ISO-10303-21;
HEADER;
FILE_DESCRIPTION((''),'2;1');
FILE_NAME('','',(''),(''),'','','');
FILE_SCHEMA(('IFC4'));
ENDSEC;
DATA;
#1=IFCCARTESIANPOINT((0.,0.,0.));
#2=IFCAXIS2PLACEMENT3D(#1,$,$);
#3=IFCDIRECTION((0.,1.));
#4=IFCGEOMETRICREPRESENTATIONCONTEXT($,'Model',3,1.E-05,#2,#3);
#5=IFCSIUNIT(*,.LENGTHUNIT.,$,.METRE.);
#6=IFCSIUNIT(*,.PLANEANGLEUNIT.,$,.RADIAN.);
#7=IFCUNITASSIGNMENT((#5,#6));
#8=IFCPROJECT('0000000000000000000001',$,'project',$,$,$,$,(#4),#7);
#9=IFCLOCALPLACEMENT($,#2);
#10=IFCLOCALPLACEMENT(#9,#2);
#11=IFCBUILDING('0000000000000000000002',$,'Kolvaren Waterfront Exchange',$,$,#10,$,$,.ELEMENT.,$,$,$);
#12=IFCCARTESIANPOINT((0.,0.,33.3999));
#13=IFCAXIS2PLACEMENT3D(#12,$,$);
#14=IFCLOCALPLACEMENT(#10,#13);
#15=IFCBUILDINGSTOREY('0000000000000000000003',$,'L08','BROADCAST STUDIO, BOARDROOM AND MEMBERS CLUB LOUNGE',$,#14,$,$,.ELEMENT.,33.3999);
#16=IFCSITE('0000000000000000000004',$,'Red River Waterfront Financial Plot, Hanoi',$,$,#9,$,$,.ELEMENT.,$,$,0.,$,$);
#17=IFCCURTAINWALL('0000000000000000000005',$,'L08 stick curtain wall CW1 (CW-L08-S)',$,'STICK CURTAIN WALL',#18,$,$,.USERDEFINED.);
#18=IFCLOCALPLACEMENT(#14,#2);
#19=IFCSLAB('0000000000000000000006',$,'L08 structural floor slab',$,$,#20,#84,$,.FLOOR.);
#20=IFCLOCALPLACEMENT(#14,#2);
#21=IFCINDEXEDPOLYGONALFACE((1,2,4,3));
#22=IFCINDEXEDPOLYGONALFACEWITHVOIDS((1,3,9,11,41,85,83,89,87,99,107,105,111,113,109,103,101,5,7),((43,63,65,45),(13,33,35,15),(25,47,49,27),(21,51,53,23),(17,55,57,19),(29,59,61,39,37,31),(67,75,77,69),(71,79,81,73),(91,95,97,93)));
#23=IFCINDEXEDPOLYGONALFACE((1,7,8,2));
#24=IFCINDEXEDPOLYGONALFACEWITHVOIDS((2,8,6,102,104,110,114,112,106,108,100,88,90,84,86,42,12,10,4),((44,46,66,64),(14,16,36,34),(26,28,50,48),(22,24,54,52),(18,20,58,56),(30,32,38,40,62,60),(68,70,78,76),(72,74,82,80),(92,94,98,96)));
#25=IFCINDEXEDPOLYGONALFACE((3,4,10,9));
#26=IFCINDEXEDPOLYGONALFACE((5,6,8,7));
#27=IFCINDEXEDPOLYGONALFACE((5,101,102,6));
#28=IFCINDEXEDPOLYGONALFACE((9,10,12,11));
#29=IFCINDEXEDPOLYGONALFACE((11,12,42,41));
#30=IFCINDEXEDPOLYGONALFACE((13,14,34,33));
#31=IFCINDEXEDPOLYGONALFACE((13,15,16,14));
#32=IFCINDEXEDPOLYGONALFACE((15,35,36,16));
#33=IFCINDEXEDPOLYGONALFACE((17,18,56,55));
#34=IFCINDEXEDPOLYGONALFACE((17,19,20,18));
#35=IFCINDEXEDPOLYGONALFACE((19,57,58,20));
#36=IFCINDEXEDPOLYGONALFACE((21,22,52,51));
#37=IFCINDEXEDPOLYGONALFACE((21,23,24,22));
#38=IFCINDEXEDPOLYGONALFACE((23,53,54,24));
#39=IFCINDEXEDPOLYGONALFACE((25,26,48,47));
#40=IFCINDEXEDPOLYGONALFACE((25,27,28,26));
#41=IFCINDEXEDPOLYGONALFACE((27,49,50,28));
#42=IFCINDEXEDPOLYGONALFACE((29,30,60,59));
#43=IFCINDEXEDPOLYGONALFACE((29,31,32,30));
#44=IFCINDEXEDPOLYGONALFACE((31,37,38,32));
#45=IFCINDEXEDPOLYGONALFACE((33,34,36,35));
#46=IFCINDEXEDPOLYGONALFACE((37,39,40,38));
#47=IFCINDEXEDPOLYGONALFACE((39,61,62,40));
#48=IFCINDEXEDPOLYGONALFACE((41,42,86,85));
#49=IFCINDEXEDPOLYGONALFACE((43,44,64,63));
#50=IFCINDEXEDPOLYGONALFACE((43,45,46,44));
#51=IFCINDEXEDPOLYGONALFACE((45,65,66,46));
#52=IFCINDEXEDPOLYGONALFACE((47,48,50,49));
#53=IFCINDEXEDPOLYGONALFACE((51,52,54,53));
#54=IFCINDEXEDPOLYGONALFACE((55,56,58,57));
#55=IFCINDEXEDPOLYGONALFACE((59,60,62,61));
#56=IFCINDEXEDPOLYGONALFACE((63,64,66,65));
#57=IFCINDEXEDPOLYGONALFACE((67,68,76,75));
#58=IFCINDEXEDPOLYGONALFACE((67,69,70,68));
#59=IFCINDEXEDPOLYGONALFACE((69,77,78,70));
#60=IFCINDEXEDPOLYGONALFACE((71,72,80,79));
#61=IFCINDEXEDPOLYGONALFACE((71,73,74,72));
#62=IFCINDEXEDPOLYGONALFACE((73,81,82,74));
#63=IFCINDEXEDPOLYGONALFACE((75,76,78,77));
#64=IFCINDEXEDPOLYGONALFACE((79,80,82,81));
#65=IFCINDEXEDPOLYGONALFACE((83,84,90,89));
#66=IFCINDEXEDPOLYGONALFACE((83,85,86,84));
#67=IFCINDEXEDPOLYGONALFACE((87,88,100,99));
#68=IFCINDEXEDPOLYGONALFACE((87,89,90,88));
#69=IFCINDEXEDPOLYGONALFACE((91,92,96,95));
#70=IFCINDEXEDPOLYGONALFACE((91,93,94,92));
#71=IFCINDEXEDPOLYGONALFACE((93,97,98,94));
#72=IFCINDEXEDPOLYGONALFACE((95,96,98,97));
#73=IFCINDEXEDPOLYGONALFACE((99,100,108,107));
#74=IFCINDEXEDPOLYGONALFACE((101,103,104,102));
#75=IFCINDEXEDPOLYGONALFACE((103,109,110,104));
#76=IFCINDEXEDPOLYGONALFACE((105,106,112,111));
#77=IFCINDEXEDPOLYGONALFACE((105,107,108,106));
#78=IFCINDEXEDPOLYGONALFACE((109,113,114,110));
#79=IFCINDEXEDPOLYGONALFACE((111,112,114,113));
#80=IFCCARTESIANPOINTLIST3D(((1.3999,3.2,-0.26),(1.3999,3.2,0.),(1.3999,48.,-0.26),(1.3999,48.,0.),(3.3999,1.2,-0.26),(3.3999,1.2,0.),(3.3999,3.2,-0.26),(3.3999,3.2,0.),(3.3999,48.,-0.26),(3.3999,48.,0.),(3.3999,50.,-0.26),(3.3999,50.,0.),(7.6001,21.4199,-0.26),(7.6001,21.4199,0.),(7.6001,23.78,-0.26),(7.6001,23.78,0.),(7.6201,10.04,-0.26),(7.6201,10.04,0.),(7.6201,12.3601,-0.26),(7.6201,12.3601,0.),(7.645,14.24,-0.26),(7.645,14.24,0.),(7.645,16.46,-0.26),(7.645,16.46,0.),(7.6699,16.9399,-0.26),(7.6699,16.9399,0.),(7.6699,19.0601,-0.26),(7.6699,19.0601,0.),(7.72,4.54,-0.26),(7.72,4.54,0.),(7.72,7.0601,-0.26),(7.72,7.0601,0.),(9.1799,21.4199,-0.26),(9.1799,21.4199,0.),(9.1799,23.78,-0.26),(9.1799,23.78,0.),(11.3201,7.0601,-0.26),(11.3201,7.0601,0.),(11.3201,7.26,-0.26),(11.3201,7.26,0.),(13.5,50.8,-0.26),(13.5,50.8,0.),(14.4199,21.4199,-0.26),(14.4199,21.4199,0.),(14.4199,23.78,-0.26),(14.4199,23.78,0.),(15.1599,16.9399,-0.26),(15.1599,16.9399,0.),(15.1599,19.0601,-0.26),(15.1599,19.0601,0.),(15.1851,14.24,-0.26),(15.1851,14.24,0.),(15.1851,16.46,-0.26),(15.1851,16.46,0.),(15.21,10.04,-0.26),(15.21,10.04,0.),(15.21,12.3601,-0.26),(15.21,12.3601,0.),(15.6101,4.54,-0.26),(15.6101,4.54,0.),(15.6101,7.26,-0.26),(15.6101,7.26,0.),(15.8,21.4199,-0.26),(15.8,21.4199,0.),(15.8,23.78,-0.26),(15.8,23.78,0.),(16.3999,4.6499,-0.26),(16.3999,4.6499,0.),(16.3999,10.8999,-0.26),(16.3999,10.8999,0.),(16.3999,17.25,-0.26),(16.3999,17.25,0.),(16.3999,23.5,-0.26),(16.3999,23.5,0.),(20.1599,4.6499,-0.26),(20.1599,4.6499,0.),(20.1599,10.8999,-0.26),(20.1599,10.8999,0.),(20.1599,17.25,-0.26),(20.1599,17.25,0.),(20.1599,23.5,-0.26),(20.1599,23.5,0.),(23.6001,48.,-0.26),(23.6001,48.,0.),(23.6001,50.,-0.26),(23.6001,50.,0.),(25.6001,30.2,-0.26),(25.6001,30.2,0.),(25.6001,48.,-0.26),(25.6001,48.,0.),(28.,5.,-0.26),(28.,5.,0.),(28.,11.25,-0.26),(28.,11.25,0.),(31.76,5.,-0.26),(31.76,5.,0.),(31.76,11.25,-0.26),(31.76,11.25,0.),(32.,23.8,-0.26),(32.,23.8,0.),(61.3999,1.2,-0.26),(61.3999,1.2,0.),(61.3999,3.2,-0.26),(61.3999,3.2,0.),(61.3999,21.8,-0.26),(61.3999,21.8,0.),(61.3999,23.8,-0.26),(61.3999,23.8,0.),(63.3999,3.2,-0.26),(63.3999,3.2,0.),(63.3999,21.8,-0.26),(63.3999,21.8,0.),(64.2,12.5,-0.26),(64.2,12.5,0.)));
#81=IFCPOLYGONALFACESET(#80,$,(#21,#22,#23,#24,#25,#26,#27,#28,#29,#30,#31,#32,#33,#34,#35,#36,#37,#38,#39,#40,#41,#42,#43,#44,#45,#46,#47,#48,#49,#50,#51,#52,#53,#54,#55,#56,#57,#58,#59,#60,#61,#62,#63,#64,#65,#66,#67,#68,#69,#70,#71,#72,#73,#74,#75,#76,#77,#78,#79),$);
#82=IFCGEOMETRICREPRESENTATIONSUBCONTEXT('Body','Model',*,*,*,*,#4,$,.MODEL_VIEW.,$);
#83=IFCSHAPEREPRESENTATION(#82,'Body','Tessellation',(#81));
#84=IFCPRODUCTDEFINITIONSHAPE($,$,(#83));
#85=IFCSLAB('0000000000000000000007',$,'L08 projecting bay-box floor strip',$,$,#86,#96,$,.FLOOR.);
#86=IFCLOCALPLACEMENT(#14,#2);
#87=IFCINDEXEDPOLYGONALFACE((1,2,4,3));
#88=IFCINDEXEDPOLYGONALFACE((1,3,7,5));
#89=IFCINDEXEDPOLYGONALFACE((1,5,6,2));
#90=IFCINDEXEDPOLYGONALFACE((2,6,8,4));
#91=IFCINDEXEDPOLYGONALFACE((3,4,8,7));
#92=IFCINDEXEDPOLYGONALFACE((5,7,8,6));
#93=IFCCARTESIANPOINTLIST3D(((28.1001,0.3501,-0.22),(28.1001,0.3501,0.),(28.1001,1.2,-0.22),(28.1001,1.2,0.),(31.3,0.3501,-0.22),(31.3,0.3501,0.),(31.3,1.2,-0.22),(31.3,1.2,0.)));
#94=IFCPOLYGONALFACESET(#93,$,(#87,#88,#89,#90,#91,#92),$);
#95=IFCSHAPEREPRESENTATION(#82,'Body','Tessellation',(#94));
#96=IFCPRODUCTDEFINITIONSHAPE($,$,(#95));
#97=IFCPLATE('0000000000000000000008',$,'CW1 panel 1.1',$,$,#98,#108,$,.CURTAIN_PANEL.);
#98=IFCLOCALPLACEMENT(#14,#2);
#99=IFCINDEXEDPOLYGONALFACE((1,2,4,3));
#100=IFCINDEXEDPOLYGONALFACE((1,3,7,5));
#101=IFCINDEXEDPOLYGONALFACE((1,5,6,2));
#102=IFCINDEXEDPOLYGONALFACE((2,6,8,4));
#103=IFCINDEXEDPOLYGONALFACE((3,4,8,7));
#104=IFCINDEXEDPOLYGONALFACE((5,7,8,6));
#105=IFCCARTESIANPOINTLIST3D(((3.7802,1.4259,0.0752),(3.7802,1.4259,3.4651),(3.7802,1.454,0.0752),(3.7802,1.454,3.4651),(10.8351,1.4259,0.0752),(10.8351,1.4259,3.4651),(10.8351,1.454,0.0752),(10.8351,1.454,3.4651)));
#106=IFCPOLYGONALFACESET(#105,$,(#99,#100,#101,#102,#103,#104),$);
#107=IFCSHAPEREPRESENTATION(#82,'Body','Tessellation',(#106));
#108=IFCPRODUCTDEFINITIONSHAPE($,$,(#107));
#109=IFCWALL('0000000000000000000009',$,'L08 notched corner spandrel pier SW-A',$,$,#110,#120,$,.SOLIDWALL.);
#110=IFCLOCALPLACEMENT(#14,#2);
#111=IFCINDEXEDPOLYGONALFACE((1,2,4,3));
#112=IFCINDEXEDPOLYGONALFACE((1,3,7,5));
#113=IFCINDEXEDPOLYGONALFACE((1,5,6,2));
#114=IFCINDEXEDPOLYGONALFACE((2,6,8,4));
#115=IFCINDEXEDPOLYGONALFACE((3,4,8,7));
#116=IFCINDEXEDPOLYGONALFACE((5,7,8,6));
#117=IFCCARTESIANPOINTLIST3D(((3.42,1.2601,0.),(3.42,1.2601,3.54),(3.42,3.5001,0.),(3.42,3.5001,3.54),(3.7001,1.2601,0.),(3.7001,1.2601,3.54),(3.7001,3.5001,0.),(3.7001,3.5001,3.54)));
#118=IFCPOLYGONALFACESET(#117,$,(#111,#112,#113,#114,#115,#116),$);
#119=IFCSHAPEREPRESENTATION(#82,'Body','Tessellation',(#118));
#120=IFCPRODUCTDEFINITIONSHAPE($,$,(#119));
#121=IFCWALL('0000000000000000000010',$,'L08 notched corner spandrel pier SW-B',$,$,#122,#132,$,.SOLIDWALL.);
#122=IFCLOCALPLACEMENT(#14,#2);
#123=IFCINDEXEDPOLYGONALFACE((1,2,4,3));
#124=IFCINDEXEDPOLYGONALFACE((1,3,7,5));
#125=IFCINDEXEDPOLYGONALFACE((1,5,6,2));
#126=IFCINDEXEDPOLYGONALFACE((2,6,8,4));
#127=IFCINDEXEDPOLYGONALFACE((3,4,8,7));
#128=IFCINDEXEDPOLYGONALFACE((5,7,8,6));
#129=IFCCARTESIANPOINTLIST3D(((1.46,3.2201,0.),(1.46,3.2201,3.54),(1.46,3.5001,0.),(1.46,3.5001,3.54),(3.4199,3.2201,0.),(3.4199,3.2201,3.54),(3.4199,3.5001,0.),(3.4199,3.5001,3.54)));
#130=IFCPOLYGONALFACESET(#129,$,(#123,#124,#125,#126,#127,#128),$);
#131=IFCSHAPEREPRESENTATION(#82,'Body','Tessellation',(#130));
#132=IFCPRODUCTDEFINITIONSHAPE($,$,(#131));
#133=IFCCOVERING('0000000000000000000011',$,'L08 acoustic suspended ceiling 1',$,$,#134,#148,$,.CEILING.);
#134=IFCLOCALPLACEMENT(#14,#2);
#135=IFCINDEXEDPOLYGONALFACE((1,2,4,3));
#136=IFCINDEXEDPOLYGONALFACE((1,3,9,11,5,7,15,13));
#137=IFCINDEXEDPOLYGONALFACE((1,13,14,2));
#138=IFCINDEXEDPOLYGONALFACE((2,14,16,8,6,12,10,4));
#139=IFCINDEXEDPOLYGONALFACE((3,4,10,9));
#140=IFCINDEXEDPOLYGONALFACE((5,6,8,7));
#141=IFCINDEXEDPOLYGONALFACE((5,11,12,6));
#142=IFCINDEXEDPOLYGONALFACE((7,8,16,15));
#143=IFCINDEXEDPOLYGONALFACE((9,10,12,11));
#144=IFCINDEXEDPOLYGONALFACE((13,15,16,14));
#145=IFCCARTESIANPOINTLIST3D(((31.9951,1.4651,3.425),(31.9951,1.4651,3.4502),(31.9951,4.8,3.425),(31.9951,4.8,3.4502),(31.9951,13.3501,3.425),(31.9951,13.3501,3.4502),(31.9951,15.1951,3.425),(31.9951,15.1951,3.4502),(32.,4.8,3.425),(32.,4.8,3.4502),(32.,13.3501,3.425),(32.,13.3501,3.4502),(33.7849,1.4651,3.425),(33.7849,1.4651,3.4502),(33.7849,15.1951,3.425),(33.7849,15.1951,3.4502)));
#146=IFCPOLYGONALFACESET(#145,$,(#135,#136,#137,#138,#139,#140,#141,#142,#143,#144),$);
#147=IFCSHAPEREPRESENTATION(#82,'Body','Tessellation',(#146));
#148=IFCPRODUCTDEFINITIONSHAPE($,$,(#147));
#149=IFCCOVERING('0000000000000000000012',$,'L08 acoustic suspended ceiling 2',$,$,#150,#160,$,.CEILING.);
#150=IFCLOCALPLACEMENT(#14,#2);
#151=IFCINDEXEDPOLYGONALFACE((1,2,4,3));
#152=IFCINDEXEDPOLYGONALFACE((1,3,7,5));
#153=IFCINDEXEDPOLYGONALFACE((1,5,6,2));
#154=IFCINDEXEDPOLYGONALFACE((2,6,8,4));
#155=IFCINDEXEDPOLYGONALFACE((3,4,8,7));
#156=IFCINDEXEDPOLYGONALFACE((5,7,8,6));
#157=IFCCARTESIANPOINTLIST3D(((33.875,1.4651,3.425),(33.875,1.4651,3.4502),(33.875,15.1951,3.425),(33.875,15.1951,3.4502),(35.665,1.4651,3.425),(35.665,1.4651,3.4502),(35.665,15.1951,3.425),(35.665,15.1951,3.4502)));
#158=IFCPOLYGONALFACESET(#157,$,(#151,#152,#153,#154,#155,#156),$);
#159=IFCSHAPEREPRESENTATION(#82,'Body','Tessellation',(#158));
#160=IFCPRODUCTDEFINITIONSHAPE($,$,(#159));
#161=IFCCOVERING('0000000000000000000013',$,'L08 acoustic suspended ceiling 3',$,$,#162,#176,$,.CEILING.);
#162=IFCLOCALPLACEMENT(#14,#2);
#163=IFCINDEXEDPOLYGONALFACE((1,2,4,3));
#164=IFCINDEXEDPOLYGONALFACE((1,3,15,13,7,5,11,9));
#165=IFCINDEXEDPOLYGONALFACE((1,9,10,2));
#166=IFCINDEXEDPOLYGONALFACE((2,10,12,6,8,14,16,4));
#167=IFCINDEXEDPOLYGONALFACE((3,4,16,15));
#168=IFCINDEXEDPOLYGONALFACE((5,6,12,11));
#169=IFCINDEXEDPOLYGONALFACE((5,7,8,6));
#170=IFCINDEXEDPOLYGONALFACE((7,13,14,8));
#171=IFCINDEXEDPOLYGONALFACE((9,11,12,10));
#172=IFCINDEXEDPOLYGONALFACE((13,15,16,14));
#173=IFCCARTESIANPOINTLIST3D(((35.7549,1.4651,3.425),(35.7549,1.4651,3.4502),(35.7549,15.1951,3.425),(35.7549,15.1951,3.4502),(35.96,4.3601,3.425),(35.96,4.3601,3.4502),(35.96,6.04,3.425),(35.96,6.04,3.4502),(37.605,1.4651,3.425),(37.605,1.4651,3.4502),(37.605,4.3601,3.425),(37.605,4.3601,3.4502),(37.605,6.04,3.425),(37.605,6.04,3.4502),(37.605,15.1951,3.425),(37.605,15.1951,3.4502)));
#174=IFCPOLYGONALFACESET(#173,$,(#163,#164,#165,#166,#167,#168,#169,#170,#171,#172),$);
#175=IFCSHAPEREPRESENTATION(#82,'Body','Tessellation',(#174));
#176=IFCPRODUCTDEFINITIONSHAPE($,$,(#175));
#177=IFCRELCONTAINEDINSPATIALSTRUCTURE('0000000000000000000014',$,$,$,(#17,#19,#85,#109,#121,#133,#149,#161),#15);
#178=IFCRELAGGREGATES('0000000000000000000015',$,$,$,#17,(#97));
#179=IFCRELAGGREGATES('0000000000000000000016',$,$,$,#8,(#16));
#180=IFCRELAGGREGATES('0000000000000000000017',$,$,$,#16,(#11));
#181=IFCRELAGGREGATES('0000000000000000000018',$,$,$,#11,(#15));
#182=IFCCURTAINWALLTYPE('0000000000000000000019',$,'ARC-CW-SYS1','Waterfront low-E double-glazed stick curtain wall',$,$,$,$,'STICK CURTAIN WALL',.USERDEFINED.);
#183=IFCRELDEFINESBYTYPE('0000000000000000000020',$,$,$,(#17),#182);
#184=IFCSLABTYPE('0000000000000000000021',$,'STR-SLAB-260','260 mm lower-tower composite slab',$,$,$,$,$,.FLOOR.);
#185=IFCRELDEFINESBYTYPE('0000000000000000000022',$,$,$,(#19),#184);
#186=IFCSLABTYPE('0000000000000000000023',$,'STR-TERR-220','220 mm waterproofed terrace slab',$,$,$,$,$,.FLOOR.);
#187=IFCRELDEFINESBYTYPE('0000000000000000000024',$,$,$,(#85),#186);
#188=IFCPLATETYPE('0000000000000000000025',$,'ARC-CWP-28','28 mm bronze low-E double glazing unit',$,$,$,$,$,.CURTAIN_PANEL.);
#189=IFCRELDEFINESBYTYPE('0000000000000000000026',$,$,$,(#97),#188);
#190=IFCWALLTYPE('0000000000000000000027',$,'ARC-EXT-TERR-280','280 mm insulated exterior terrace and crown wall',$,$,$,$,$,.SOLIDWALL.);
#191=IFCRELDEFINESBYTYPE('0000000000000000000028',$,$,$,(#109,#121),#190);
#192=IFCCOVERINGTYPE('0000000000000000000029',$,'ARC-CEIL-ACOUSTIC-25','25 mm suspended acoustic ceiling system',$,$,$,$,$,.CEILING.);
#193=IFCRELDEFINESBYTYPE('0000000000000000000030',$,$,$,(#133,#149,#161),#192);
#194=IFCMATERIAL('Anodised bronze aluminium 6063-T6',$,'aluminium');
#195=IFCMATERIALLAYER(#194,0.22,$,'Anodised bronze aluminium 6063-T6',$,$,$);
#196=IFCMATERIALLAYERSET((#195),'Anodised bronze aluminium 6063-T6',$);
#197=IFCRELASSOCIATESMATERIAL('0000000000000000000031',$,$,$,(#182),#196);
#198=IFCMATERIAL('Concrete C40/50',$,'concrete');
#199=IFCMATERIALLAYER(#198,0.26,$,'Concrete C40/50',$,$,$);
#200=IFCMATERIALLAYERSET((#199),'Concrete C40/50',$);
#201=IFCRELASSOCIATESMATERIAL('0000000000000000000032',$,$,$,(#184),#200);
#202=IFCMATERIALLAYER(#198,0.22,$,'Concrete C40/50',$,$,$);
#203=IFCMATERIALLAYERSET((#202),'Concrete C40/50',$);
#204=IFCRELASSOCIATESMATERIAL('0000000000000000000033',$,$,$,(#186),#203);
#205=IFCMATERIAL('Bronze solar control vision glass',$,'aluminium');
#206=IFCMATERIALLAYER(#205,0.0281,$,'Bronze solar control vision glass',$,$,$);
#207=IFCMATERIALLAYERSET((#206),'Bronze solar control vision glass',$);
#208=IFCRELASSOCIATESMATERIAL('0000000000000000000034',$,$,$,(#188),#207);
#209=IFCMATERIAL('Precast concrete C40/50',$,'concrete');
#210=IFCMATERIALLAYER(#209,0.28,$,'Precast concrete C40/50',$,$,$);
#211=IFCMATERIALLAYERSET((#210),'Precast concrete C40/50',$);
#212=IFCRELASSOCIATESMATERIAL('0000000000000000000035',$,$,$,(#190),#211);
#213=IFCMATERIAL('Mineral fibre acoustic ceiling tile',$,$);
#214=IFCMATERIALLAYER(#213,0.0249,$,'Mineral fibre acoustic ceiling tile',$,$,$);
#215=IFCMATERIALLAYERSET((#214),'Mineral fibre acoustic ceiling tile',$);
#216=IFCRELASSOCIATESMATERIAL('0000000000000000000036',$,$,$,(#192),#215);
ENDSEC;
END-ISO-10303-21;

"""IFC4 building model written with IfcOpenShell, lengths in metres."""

from ifc_helpers import new_model, si_unit, direction, frame, frame_2d, origin, origin_with_axes, origin_2d, place, context, subcontext, project, spatial, polyline, rectangle, outline, extrude, source, transform, mapped, material, layer, layer_set, type_object, element, aggregate, save


model = new_model("IFC4")

# Units and contexts
model_context = context("Model", 3, precision=1e-05, world=origin(), true_north=direction((0.0, 1.0)))
body_context = subcontext(model_context, "Body", "Model", "MODEL_VIEW")
ifc_project = project(units=[si_unit("LENGTHUNIT", "METRE"), si_unit("PLANEANGLEUNIT", "RADIAN")], contexts=[model_context])

# Site, building, storey
site_placement = place(None, origin())
site = spatial("IfcSite", under=ifc_project, at=site_placement, Name="Red River Waterfront Financial Plot, Hanoi", CompositionType="ELEMENT", RefElevation=0.0)
building_placement = place(site_placement, origin())
building = spatial("IfcBuilding", under=site, at=building_placement, Name="Kolvaren Waterfront Exchange", CompositionType="ELEMENT")
storey_placement = place(building_placement, frame((0.0, 0.0, 33.3999)))
storey = spatial("IfcBuildingStorey", under=building, at=storey_placement, Name="L08", Description="BROADCAST STUDIO, BOARDROOM AND MEMBERS CLUB LOUNGE", CompositionType="ELEMENT", Elevation=33.3999)

# Curtain wall
ifc_material_1 = material(Name="Anodised bronze aluminium 6063-T6", Category="aluminium")
ifc_layer_1 = layer(ifc_material_1, 0.22, Name="Anodised bronze aluminium 6063-T6")
ifc_layer_set_1 = layer_set([ifc_layer_1], Name="Anodised bronze aluminium 6063-T6")
curtain_wall_type_1 = type_object("IfcCurtainWallType", Name="ARC-CW-SYS1", Description="Waterfront low-E double-glazed stick curtain wall", ElementType="STICK CURTAIN WALL", PredefinedType="USERDEFINED", material=ifc_layer_set_1)
curtain_wall_1_placement = place(storey_placement, origin())
curtain_wall_1 = element("IfcCurtainWall", 1, at=curtain_wall_1_placement, inside=storey, type_object=curtain_wall_type_1, Name="L08 stick curtain wall CW1 (CW-L08-S)", ObjectType="STICK CURTAIN WALL", PredefinedType="USERDEFINED")

# Shared definitions
ifc_material_2 = material(Name="Concrete C40/50", Category="concrete")

# Slabs
ifc_layer_2 = layer(ifc_material_2, 0.26, Name="Concrete C40/50")
ifc_layer_set_2 = layer_set([ifc_layer_2], Name="Concrete C40/50")
slab_type_1 = type_object("IfcSlabType", Name="STR-SLAB-260", Description="260 mm lower-tower composite slab", PredefinedType="FLOOR", material=ifc_layer_set_2)
slab_1_placement = place(storey_placement, frame((0.0, 0.0, -0.26)))
element("IfcSlab", 2, at=slab_1_placement, inside=storey, type_object=slab_type_1, Name="L08 structural floor slab", PredefinedType="FLOOR", context=body_context, shape_type="SweptSolid", body=[
    extrude(outline(polyline([(3.3999, 1.2), (61.3999, 1.2), (61.3999, 3.2), (63.3999, 3.2), (64.2, 12.5), (63.3999, 21.8), (61.3999, 21.8), (61.3999, 23.8), (32.0, 23.8), (25.6001, 30.2), (25.6001, 48.0), (23.6001, 48.0), (23.6001, 50.0), (13.5, 50.8), (3.3999, 50.0), (3.3999, 48.0), (1.3999, 48.0), (1.3999, 3.2), (3.3999, 3.2), (3.3999, 1.2)]), holes=[polyline([(11.3201, 7.26), (15.6101, 7.26), (15.6101, 4.54), (7.72, 4.54), (7.72, 7.0601), (11.3201, 7.0601), (11.3201, 7.26)]), polyline([(20.1599, 4.6499), (16.3999, 4.6499), (16.3999, 10.8999), (20.1599, 10.8999), (20.1599, 4.6499)]), polyline([(31.76, 5.0), (28.0, 5.0), (28.0, 11.25), (31.76, 11.25), (31.76, 5.0)]), polyline([(15.21, 10.04), (7.6201, 10.04), (7.6201, 12.3601), (15.21, 12.3601), (15.21, 10.04)]), polyline([(7.645, 16.46), (15.1851, 16.46), (15.1851, 14.24), (7.645, 14.24), (7.645, 16.46)]), polyline([(15.1599, 16.9399), (7.6699, 16.9399), (7.6699, 19.0601), (15.1599, 19.0601), (15.1599, 16.9399)]), polyline([(16.3999, 23.5), (20.1599, 23.5), (20.1599, 17.25), (16.3999, 17.25), (16.3999, 23.5)]), polyline([(7.6001, 23.78), (9.1799, 23.78), (9.1799, 21.4199), (7.6001, 21.4199), (7.6001, 23.78)]), polyline([(15.8, 23.78), (15.8, 21.4199), (14.4199, 21.4199), (14.4199, 23.78), (15.8, 23.78)])]), origin(), (0.0, 0.0, 1.0), 0.26),
])
ifc_layer_3 = layer(ifc_material_2, 0.22, Name="Concrete C40/50")
ifc_layer_set_3 = layer_set([ifc_layer_3], Name="Concrete C40/50")
slab_type_2 = type_object("IfcSlabType", Name="STR-TERR-220", Description="220 mm waterproofed terrace slab", PredefinedType="FLOOR", material=ifc_layer_set_3)
slab_2_placement = place(storey_placement, frame((0.0, 0.0, -0.22)))
element("IfcSlab", 3, at=slab_2_placement, inside=storey, type_object=slab_type_2, Name="L08 projecting bay-box floor strip", PredefinedType="FLOOR", context=body_context, shape_type="SweptSolid", body=[
    extrude(outline(polyline([(28.1001, 0.3501), (31.3, 0.3501), (31.3, 1.2), (28.1001, 1.2), (28.1001, 0.3501)])), origin(), (0.0, 0.0, 1.0), 0.22),
])

# Plate
ifc_material_3 = material(Name="Bronze solar control vision glass", Category="aluminium")
ifc_layer_4 = layer(ifc_material_3, 0.0281, Name="Bronze solar control vision glass")
ifc_layer_set_4 = layer_set([ifc_layer_4], Name="Bronze solar control vision glass")
plate_type = type_object("IfcPlateType", Name="ARC-CWP-28", Description="28 mm bronze low-E double glazing unit", PredefinedType="CURTAIN_PANEL", material=ifc_layer_set_4)
shared_shape_1 = source(origin_with_axes(), body_context, "Body", "SweptSolid", [
    extrude(rectangle(XDim=7.0549, YDim=0.0281, at=origin_2d()), origin(), (0.0, 0.0, 1.0), 3.3899),
])
plate_placement = place(storey_placement, frame((7.3076, 1.4399, 0.0752), z_axis=(0.0, 0.0, 1.0), x_axis=(1.0, 0.0, 0.0)))
plate = element("IfcPlate", 4, at=plate_placement, type_object=plate_type, Name="CW1 panel 1.1", PredefinedType="CURTAIN_PANEL", context=body_context, shape_type="MappedRepresentation", body=[
    mapped(shared_shape_1, transform((0.0, 0.0, 0.0), x_axis=(1.0, 0.0, 0.0), y_axis=(0.0, 1.0, 0.0), z_axis=(0.0, 0.0, 1.0), scale=1.0)),
])
aggregate(curtain_wall_1, [plate])

# Walls
ifc_material_4 = material(Name="Precast concrete C40/50", Category="concrete")
ifc_layer_5 = layer(ifc_material_4, 0.28, Name="Precast concrete C40/50")
ifc_layer_set_5 = layer_set([ifc_layer_5], Name="Precast concrete C40/50")
wall_type = type_object("IfcWallType", Name="ARC-EXT-TERR-280", Description="280 mm insulated exterior terrace and crown wall", PredefinedType="SOLIDWALL", material=ifc_layer_set_5)
wall_1_placement = place(storey_placement, frame((3.5601, 1.26, 0.0), z_axis=(0.0, 0.0, 1.0), x_axis=(0.0, 1.0, 0.0)))
element("IfcWall", 5, at=wall_1_placement, inside=storey, type_object=wall_type, Name="L08 notched corner spandrel pier SW-A", PredefinedType="SOLIDWALL", context=body_context, shape_type="SweptSolid", body=[
    extrude(rectangle(XDim=2.24, YDim=0.28, at=frame_2d((1.1201, 0.0))), origin(), (0.0, 0.0, 1.0), 3.54),
])
wall_2_placement = place(storey_placement, frame((1.46, 3.3601, 0.0), z_axis=(0.0, 0.0, 1.0), x_axis=(1.0, 0.0, 0.0)))
element("IfcWall", 6, at=wall_2_placement, inside=storey, type_object=wall_type, Name="L08 notched corner spandrel pier SW-B", PredefinedType="SOLIDWALL", context=body_context, shape_type="SweptSolid", body=[
    extrude(rectangle(XDim=1.96, YDim=0.28, at=frame_2d((0.98, 0.0))), origin(), (0.0, 0.0, 1.0), 3.54),
])

# Coverings
ifc_material_5 = material(Name="Mineral fibre acoustic ceiling tile")
ifc_layer_6 = layer(ifc_material_5, 0.0249, Name="Mineral fibre acoustic ceiling tile")
ifc_layer_set_6 = layer_set([ifc_layer_6], Name="Mineral fibre acoustic ceiling tile")
covering_type_1 = type_object("IfcCoveringType", Name="ARC-CEIL-ACOUSTIC-25", Description="25 mm suspended acoustic ceiling system", PredefinedType="CEILING", material=ifc_layer_set_6)
covering_1_placement = place(storey_placement, frame((0.0, 0.0, 3.425)))
element("IfcCovering", 7, at=covering_1_placement, inside=storey, type_object=covering_type_1, Name="L08 acoustic suspended ceiling 1", PredefinedType="CEILING", context=body_context, shape_type="SweptSolid", body=[
    extrude(outline(polyline([(33.7849, 1.4651), (33.7849, 15.1951), (31.9951, 15.1951), (31.9951, 13.3501), (32.0, 13.3501), (32.0, 4.8), (31.9951, 4.8), (31.9951, 1.4651), (33.7849, 1.4651)])), origin(), (0.0, 0.0, 1.0), 0.0251),
])
covering_2_placement = place(storey_placement, frame((0.0, 0.0, 3.425)))
element("IfcCovering", 8, at=covering_2_placement, inside=storey, type_object=covering_type_1, Name="L08 acoustic suspended ceiling 2", PredefinedType="CEILING", context=body_context, shape_type="SweptSolid", body=[
    extrude(outline(polyline([(35.665, 1.4651), (35.665, 15.1951), (33.875, 15.1951), (33.875, 1.4651), (35.665, 1.4651)])), origin(), (0.0, 0.0, 1.0), 0.0251),
])
covering_3_placement = place(storey_placement, frame((0.0, 0.0, 3.425)))
element("IfcCovering", 9, at=covering_3_placement, inside=storey, type_object=covering_type_1, Name="L08 acoustic suspended ceiling 3", PredefinedType="CEILING", context=body_context, shape_type="SweptSolid", body=[
    extrude(outline(polyline([(37.605, 4.3601), (35.96, 4.3601), (35.96, 6.04), (37.605, 6.04), (37.605, 15.1951), (35.7549, 15.1951), (35.7549, 1.4651), (37.605, 1.4651), (37.605, 4.3601)])), origin(), (0.0, 0.0, 1.0), 0.0251),
])

save(model, "model.ifc")
